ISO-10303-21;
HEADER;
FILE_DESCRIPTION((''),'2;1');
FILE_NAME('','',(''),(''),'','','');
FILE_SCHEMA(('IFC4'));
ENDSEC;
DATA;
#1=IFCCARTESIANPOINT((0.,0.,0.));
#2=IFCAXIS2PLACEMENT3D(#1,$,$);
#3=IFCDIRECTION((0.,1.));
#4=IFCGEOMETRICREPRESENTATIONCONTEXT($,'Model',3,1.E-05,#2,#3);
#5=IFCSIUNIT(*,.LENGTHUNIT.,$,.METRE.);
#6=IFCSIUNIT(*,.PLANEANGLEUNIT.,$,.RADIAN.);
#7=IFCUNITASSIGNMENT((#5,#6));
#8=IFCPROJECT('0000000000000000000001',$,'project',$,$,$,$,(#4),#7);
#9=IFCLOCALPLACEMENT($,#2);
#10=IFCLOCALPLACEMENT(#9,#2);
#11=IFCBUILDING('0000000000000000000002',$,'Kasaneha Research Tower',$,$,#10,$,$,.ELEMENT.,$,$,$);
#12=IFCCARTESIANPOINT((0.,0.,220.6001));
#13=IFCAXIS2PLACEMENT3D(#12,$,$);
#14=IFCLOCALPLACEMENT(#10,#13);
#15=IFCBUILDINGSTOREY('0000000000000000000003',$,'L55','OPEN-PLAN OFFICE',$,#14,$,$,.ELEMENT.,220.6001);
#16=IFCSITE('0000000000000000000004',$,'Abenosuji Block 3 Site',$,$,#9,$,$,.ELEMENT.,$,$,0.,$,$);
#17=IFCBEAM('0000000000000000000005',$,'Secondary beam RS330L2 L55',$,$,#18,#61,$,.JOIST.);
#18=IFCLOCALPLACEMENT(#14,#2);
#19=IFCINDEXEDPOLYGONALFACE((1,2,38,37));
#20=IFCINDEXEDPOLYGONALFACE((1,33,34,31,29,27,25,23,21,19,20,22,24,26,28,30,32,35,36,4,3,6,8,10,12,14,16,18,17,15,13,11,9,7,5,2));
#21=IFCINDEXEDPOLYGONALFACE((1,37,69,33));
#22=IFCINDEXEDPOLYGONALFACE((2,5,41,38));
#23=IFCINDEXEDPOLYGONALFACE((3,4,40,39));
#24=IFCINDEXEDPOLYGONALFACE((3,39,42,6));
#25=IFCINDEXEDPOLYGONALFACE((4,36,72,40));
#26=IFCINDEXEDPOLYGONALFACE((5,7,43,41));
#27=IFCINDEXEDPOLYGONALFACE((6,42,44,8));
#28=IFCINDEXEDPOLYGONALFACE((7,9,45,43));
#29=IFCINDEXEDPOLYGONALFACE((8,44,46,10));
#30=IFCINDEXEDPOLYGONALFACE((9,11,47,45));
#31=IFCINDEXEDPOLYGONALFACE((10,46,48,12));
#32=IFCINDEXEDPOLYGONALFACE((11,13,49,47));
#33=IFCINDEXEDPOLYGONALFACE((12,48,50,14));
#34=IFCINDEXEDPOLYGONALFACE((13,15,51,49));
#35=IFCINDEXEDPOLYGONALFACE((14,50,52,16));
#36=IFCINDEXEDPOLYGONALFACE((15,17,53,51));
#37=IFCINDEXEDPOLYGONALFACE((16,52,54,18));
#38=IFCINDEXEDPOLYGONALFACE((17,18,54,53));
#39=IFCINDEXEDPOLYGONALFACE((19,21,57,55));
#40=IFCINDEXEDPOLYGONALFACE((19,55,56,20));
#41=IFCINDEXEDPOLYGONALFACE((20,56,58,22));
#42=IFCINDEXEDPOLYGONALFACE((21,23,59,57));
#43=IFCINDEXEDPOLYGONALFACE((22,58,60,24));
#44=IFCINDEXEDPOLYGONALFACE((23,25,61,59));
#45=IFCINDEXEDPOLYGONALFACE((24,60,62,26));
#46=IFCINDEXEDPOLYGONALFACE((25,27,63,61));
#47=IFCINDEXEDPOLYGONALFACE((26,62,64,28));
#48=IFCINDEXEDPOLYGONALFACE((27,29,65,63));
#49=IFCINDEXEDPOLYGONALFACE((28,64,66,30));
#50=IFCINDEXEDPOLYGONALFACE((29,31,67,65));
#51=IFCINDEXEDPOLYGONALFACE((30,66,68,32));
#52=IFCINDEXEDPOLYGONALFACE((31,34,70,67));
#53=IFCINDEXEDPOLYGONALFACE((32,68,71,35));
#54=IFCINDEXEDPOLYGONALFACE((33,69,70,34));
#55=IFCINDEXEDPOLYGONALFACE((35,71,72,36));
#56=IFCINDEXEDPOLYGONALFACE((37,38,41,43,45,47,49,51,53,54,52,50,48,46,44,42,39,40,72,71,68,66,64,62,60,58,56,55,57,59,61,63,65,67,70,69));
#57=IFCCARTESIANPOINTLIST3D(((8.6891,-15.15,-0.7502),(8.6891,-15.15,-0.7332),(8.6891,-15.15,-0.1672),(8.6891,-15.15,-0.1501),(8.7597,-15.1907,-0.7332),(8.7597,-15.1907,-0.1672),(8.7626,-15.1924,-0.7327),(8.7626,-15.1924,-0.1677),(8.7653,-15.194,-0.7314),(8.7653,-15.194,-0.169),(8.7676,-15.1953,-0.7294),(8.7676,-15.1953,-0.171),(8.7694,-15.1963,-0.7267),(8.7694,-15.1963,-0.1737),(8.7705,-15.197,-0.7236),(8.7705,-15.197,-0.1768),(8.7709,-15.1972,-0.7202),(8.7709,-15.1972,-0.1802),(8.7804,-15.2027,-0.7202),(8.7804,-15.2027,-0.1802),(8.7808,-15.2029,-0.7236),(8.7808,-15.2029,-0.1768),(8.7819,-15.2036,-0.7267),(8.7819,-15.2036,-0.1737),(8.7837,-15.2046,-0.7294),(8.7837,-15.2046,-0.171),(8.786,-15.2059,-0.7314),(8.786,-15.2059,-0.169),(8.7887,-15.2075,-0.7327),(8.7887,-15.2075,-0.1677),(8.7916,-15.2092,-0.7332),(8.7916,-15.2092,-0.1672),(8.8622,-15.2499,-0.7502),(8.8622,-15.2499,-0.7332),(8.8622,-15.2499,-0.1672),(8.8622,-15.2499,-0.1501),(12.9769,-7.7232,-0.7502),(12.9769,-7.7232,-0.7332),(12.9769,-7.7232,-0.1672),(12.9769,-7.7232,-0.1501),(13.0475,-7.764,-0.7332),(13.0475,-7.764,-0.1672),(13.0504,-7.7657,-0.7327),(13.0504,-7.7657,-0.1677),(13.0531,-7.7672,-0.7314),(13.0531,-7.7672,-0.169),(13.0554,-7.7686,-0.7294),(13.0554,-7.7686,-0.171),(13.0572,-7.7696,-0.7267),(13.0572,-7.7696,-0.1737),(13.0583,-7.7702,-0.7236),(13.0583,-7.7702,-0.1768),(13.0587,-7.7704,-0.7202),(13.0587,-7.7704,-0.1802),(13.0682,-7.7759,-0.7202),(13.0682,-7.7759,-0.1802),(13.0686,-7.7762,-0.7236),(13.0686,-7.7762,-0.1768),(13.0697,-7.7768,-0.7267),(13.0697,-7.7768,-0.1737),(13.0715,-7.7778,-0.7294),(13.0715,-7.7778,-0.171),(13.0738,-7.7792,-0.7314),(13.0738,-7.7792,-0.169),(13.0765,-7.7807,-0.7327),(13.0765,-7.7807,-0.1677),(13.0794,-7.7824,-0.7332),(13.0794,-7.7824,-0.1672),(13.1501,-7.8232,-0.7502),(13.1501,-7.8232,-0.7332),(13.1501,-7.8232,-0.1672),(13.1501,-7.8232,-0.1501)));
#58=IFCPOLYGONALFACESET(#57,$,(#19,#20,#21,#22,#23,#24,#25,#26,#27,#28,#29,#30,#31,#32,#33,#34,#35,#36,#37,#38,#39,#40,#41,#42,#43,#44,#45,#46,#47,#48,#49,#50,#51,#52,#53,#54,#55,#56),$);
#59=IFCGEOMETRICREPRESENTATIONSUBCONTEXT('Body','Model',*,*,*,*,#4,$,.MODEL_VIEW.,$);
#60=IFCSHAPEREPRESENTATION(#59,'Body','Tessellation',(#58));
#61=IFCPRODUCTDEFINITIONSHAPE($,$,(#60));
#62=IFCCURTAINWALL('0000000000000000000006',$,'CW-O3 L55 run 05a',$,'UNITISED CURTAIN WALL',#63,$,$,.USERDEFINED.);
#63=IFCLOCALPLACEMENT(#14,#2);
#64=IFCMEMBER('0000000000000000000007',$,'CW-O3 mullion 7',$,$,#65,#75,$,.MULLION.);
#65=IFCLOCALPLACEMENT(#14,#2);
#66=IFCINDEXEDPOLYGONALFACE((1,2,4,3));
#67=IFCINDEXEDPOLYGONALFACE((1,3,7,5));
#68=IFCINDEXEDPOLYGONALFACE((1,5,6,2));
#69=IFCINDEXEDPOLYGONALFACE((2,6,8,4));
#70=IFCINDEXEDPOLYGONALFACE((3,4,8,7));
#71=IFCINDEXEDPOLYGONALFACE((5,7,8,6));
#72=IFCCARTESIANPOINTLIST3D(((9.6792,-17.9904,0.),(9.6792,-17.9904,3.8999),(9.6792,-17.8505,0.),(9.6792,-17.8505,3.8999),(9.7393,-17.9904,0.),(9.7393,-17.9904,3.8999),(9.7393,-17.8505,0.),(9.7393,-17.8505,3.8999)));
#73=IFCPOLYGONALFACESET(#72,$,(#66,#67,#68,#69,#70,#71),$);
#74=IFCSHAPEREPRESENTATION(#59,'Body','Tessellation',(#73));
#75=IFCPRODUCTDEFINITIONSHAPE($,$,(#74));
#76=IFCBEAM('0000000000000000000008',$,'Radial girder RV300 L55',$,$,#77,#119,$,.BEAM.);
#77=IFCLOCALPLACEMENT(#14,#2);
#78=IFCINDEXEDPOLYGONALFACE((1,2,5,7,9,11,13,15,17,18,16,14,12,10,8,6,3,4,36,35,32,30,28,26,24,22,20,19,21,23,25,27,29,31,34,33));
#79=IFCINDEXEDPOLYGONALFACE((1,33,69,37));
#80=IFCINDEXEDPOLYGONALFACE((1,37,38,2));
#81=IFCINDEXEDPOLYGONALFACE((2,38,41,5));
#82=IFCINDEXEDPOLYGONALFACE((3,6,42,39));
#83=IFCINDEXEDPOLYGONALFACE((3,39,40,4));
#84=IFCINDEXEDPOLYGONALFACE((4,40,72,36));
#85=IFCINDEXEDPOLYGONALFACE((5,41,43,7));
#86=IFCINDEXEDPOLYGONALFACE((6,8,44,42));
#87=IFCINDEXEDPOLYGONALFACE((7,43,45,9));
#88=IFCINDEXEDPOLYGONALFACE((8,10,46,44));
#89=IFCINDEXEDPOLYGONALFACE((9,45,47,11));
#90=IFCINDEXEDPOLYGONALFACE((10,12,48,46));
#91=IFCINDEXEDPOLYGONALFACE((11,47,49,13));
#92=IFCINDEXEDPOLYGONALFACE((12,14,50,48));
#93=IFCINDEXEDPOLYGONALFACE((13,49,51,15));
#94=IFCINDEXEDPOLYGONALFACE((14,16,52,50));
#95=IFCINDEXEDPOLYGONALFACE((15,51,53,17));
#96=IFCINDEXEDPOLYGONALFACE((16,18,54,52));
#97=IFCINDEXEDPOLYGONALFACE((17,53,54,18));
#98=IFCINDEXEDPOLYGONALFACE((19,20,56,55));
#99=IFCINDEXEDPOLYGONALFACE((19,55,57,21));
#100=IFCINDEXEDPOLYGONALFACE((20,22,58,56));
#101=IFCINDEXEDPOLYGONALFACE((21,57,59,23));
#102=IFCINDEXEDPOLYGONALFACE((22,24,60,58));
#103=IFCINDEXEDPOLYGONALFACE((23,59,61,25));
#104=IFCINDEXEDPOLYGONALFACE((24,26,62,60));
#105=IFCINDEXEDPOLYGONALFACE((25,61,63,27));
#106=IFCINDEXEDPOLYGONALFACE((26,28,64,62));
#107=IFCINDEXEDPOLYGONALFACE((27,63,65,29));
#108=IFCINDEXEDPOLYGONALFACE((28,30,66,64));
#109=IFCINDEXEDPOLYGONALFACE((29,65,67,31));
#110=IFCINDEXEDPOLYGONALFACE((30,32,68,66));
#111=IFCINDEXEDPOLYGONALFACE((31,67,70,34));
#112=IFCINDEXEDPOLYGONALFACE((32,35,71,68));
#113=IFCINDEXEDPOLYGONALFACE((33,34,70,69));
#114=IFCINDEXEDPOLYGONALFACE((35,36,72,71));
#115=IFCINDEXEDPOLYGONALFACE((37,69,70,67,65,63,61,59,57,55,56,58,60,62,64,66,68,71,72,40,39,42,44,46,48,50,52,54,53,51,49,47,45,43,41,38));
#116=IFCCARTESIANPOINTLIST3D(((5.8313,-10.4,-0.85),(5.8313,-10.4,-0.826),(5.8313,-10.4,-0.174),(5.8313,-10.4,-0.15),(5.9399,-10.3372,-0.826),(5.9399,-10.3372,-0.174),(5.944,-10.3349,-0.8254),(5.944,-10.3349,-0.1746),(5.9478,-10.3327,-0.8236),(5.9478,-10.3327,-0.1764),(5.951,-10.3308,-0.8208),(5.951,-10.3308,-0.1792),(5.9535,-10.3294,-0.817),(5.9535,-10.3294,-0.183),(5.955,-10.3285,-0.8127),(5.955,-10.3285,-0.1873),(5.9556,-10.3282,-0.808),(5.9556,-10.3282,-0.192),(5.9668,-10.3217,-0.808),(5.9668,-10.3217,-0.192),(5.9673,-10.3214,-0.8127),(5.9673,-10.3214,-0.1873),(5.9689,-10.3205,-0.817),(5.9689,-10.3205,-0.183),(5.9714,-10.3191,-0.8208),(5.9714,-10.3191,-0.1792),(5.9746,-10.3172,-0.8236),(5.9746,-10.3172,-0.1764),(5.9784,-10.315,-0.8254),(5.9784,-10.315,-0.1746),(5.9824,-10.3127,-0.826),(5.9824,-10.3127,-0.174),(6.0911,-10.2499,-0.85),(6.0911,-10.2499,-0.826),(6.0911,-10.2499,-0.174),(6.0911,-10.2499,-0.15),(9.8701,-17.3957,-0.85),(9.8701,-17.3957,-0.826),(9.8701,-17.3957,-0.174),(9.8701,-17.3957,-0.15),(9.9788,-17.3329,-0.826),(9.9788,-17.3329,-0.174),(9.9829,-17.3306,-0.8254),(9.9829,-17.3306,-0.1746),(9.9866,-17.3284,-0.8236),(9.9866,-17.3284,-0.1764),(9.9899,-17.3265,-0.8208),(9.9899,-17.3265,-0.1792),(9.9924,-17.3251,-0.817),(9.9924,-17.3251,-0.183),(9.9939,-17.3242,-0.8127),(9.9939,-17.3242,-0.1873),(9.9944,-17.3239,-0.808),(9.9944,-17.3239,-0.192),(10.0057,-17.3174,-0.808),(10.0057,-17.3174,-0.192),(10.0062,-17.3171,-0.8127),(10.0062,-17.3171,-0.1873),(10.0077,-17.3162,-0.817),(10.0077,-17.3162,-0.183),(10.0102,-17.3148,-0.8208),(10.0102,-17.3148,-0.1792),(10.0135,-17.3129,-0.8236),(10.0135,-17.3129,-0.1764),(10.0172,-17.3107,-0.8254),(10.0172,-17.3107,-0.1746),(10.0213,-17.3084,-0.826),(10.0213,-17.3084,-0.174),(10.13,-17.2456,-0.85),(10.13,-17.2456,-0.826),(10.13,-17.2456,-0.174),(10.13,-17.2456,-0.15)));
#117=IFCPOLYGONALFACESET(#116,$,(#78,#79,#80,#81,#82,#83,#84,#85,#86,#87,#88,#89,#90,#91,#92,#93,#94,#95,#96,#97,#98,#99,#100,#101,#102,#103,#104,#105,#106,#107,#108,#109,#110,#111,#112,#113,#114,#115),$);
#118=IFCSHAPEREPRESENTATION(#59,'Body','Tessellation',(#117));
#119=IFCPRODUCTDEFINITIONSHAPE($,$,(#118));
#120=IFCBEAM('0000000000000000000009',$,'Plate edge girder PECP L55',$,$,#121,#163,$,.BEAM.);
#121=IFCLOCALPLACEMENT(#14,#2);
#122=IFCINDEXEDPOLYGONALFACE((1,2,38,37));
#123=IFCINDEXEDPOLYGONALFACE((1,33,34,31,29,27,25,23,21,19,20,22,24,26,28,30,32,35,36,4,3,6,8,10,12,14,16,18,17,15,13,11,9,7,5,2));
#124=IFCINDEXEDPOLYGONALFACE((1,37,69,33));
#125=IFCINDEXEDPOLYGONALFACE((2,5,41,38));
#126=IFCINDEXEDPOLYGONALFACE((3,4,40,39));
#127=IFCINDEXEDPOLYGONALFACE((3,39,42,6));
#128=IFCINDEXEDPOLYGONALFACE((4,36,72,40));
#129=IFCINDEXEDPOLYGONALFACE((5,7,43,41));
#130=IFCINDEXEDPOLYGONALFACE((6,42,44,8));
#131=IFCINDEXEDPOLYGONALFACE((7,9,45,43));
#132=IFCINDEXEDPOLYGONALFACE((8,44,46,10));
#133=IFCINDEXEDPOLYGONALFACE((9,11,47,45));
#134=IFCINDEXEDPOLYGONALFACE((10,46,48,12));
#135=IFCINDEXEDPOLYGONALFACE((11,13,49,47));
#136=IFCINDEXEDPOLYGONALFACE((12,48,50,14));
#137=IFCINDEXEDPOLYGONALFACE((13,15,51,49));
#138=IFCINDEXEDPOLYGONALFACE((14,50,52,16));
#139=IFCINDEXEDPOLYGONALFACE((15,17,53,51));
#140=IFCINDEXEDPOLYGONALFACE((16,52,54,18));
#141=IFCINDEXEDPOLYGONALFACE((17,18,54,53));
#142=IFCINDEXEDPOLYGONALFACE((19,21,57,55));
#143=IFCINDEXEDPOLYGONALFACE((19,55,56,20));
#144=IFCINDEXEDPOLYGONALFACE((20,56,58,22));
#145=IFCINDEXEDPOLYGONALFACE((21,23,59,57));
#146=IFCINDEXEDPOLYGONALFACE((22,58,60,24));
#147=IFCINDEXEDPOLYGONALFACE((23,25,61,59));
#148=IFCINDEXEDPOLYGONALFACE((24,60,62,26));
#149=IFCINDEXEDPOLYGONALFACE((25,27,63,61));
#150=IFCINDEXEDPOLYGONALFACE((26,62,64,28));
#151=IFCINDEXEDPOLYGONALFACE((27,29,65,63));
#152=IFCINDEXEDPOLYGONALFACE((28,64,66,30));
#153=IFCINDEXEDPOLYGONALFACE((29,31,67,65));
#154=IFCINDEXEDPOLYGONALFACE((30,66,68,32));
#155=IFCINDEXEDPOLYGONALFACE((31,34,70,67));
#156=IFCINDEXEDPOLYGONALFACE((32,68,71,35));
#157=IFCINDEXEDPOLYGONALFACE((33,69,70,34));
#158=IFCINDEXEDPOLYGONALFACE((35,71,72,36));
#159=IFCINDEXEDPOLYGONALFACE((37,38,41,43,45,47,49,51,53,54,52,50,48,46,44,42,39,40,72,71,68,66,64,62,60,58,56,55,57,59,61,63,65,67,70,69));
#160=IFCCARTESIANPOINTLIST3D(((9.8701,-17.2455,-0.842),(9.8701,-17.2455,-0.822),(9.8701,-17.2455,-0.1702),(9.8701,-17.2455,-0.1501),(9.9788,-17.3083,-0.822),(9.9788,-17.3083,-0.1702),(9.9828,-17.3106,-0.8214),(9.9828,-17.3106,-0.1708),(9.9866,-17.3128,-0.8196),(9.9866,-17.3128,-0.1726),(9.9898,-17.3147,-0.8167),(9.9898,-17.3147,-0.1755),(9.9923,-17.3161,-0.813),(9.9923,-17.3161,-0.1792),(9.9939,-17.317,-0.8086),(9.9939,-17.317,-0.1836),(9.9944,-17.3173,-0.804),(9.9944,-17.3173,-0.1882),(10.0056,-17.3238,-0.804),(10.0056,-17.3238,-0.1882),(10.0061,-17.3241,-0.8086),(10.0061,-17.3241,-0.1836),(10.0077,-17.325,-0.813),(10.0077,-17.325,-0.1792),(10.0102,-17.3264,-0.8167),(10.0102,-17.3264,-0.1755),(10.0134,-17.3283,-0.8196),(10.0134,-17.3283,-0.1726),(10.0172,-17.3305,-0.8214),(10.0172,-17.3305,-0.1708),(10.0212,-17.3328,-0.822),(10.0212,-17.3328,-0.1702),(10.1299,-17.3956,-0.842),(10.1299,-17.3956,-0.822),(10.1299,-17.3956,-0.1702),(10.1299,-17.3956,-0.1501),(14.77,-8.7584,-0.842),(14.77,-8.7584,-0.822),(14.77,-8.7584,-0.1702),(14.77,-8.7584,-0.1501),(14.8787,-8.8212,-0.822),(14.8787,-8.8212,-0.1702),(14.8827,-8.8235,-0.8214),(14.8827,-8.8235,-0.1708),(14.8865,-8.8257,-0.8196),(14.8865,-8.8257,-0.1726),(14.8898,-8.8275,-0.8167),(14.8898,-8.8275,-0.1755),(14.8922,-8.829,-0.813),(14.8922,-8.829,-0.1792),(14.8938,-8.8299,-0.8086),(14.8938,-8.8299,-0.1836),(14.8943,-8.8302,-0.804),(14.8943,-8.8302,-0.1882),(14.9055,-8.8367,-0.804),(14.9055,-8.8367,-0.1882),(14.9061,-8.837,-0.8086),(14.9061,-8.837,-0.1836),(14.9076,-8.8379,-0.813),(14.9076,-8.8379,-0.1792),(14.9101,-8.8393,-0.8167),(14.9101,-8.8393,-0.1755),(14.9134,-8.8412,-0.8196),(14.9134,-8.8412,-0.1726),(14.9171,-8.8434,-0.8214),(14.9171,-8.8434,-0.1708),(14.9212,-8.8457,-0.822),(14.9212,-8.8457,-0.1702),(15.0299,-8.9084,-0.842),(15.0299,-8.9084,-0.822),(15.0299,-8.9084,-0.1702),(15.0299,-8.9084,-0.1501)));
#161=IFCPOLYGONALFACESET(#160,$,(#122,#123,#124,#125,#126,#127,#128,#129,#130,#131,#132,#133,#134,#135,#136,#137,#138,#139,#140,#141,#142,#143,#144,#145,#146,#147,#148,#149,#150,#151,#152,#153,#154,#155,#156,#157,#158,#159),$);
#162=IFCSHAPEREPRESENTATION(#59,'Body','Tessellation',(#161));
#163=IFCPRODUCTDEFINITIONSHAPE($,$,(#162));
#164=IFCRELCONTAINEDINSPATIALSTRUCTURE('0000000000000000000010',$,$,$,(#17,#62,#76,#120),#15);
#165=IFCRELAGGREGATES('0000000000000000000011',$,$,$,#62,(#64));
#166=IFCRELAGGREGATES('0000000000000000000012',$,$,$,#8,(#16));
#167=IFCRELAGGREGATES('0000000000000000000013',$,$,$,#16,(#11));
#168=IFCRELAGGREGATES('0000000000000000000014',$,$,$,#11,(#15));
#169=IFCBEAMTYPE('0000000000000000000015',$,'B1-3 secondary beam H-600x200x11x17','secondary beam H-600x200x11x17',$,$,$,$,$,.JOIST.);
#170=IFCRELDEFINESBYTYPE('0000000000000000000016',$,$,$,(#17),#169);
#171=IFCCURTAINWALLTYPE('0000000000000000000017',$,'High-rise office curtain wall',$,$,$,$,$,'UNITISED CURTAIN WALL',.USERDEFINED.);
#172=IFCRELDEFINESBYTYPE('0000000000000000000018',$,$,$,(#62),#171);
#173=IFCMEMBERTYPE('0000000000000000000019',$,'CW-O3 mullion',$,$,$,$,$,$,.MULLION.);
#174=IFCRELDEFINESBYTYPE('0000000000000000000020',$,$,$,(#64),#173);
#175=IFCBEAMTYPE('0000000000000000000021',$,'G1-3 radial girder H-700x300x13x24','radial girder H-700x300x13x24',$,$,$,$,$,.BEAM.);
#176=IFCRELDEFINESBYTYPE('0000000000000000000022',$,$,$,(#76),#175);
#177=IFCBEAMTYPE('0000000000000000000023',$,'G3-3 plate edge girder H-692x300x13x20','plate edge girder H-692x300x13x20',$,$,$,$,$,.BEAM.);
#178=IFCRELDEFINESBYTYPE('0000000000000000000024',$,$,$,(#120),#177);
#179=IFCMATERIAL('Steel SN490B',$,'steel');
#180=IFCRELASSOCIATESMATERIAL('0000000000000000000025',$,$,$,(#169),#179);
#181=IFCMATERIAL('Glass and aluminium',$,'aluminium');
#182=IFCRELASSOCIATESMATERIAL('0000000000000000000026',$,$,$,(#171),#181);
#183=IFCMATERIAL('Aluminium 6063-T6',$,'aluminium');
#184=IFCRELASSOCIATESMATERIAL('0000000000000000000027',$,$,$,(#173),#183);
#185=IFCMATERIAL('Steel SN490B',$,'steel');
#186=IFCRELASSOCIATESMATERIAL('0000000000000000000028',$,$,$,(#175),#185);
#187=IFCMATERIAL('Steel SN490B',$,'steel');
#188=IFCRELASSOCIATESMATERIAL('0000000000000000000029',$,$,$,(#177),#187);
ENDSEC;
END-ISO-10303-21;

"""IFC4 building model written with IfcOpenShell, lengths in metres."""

from ifc_helpers import new_model, si_unit, direction, frame, origin, origin_2d, place, context, subcontext, project, spatial, rectangle, i_section, extrude, material, material_profile, profile_set, type_object, element, aggregate, save


model = new_model("IFC4")

# Units and contexts
model_context = context("Model", 3, precision=1e-05, world=origin(), true_north=direction((0.0, 1.0)))
body_context = subcontext(model_context, "Body", "Model", "MODEL_VIEW")
ifc_project = project(units=[si_unit("LENGTHUNIT", "METRE"), si_unit("PLANEANGLEUNIT", "RADIAN")], contexts=[model_context])

# Site, building, storey
site_placement = place(None, origin())
site = spatial("IfcSite", under=ifc_project, at=site_placement, Name="Abenosuji Block 3 Site", CompositionType="ELEMENT", RefElevation=0.0)
building_placement = place(site_placement, origin())
building = spatial("IfcBuilding", under=site, at=building_placement, Name="Kasaneha Research Tower", CompositionType="ELEMENT")
storey_placement = place(building_placement, frame((0.0, 0.0, 220.6001)))
storey = spatial("IfcBuildingStorey", under=building, at=storey_placement, Name="L55", Description="OPEN-PLAN OFFICE", CompositionType="ELEMENT", Elevation=220.6001)

# Beam
ifc_material_1 = material(Name="Steel SN490B", Category="steel")
ifc_material_profile_1 = material_profile(ifc_material_1, i_section(OverallWidth=0.2, OverallDepth=0.6001, WebThickness=0.011, FlangeThickness=0.0171, FilletRadius=0.0129, at=origin_2d()), Name="H-600x200x11x17")
ifc_profile_set_1 = profile_set([ifc_material_profile_1], Name="Steel SN490B")
beam_type_1 = type_object("IfcBeamType", Name="B1-3 secondary beam H-600x200x11x17", Description="secondary beam H-600x200x11x17", PredefinedType="JOIST", material=ifc_profile_set_1)
beam_1_placement = place(storey_placement, frame((8.7756, -15.2, -0.4502), z_axis=(0.5, 0.866025, 0.0), x_axis=(-0.866025, 0.5, 0.0)))
element("IfcBeam", 1, at=beam_1_placement, inside=storey, type_object=beam_type_1, Name="Secondary beam RS330L2 L55", PredefinedType="JOIST", context=body_context, shape_type="SweptSolid", body=[
    extrude(i_section(OverallWidth=0.2, OverallDepth=0.6001, WebThickness=0.011, FlangeThickness=0.0171, FilletRadius=0.0129, at=origin_2d()), origin(), (0.0, 0.0, 1.0), 8.5757),
])

# Curtain wall, member
ifc_material_2 = material(Name="Glass and aluminium", Category="aluminium")
curtain_wall_type = type_object("IfcCurtainWallType", Name="High-rise office curtain wall", ElementType="UNITISED CURTAIN WALL", PredefinedType="USERDEFINED", material=ifc_material_2)
curtain_wall_placement = place(storey_placement, origin())
curtain_wall = element("IfcCurtainWall", 2, at=curtain_wall_placement, inside=storey, type_object=curtain_wall_type, Name="CW-O3 L55 run 05a", ObjectType="UNITISED CURTAIN WALL", PredefinedType="USERDEFINED")
ifc_material_3 = material(Name="Aluminium 6063-T6", Category="aluminium")
ifc_material_profile_2 = material_profile(ifc_material_3, rectangle(XDim=0.0601, YDim=0.1399, at=origin_2d()), Name="CW-O3 mullion 60x140")
ifc_profile_set_2 = profile_set([ifc_material_profile_2], Name="Aluminium 6063-T6")
member_type = type_object("IfcMemberType", Name="CW-O3 mullion", PredefinedType="MULLION", material=ifc_profile_set_2)
member_placement = place(storey_placement, frame((9.7092, -17.9204, 0.0), z_axis=(0.0, 0.0, 1.0), x_axis=(1.0, 0.0, 0.0)))
member = element("IfcMember", 3, at=member_placement, type_object=member_type, Name="CW-O3 mullion 7", PredefinedType="MULLION", context=body_context, shape_type="SweptSolid", body=[
    extrude(rectangle(XDim=0.0601, YDim=0.1399, at=origin_2d()), origin(), (0.0, 0.0, 1.0), 3.8999),
])

# Beams
ifc_material_4 = material(Name="Steel SN490B", Category="steel")
ifc_material_profile_3 = material_profile(ifc_material_4, i_section(OverallWidth=0.3, OverallDepth=0.7, WebThickness=0.0129, FlangeThickness=0.0239, FilletRadius=0.0181, at=origin_2d()), Name="H-700x300x13x24")
ifc_profile_set_3 = profile_set([ifc_material_profile_3], Name="Steel SN490B")
beam_type_2 = type_object("IfcBeamType", Name="G1-3 radial girder H-700x300x13x24", Description="radial girder H-700x300x13x24", PredefinedType="BEAM", material=ifc_profile_set_3)
beam_2_placement = place(storey_placement, frame((5.9612, -10.325, -0.5), z_axis=(0.499991, -0.866031, 0.0), x_axis=(0.866031, 0.499991, 0.0)))
element("IfcBeam", 4, at=beam_2_placement, inside=storey, type_object=beam_type_2, Name="Radial girder RV300 L55", PredefinedType="BEAM", context=body_context, shape_type="SweptSolid", body=[
    extrude(i_section(OverallWidth=0.3, OverallDepth=0.7, WebThickness=0.0129, FlangeThickness=0.0239, FilletRadius=0.0181, at=origin_2d()), origin(), (0.0, 0.0, 1.0), 8.0779),
])
ifc_material_5 = material(Name="Steel SN490B", Category="steel")
ifc_material_profile_4 = material_profile(ifc_material_5, i_section(OverallWidth=0.3, OverallDepth=0.6919, WebThickness=0.0129, FlangeThickness=0.02, FilletRadius=0.0181, at=origin_2d()), Name="H-692x300x13x20")
ifc_profile_set_4 = profile_set([ifc_material_profile_4], Name="Steel SN490B")
beam_type_3 = type_object("IfcBeamType", Name="G3-3 plate edge girder H-692x300x13x20", Description="plate edge girder H-692x300x13x20", PredefinedType="BEAM", material=ifc_profile_set_4)
beam_3_placement = place(storey_placement, frame((10.0, -17.3206, -0.4961), z_axis=(0.499992, 0.86603, 0.0), x_axis=(-0.86603, 0.499992, 0.0)))
element("IfcBeam", 5, at=beam_3_placement, inside=storey, type_object=beam_type_3, Name="Plate edge girder PECP L55", PredefinedType="BEAM", context=body_context, shape_type="SweptSolid", body=[
    extrude(i_section(OverallWidth=0.3, OverallDepth=0.6919, WebThickness=0.0129, FlangeThickness=0.02, FilletRadius=0.0181, at=origin_2d()), origin(), (0.0, 0.0, 1.0), 9.8),
])

aggregate(curtain_wall, [member])

save(model, "model.ifc")
